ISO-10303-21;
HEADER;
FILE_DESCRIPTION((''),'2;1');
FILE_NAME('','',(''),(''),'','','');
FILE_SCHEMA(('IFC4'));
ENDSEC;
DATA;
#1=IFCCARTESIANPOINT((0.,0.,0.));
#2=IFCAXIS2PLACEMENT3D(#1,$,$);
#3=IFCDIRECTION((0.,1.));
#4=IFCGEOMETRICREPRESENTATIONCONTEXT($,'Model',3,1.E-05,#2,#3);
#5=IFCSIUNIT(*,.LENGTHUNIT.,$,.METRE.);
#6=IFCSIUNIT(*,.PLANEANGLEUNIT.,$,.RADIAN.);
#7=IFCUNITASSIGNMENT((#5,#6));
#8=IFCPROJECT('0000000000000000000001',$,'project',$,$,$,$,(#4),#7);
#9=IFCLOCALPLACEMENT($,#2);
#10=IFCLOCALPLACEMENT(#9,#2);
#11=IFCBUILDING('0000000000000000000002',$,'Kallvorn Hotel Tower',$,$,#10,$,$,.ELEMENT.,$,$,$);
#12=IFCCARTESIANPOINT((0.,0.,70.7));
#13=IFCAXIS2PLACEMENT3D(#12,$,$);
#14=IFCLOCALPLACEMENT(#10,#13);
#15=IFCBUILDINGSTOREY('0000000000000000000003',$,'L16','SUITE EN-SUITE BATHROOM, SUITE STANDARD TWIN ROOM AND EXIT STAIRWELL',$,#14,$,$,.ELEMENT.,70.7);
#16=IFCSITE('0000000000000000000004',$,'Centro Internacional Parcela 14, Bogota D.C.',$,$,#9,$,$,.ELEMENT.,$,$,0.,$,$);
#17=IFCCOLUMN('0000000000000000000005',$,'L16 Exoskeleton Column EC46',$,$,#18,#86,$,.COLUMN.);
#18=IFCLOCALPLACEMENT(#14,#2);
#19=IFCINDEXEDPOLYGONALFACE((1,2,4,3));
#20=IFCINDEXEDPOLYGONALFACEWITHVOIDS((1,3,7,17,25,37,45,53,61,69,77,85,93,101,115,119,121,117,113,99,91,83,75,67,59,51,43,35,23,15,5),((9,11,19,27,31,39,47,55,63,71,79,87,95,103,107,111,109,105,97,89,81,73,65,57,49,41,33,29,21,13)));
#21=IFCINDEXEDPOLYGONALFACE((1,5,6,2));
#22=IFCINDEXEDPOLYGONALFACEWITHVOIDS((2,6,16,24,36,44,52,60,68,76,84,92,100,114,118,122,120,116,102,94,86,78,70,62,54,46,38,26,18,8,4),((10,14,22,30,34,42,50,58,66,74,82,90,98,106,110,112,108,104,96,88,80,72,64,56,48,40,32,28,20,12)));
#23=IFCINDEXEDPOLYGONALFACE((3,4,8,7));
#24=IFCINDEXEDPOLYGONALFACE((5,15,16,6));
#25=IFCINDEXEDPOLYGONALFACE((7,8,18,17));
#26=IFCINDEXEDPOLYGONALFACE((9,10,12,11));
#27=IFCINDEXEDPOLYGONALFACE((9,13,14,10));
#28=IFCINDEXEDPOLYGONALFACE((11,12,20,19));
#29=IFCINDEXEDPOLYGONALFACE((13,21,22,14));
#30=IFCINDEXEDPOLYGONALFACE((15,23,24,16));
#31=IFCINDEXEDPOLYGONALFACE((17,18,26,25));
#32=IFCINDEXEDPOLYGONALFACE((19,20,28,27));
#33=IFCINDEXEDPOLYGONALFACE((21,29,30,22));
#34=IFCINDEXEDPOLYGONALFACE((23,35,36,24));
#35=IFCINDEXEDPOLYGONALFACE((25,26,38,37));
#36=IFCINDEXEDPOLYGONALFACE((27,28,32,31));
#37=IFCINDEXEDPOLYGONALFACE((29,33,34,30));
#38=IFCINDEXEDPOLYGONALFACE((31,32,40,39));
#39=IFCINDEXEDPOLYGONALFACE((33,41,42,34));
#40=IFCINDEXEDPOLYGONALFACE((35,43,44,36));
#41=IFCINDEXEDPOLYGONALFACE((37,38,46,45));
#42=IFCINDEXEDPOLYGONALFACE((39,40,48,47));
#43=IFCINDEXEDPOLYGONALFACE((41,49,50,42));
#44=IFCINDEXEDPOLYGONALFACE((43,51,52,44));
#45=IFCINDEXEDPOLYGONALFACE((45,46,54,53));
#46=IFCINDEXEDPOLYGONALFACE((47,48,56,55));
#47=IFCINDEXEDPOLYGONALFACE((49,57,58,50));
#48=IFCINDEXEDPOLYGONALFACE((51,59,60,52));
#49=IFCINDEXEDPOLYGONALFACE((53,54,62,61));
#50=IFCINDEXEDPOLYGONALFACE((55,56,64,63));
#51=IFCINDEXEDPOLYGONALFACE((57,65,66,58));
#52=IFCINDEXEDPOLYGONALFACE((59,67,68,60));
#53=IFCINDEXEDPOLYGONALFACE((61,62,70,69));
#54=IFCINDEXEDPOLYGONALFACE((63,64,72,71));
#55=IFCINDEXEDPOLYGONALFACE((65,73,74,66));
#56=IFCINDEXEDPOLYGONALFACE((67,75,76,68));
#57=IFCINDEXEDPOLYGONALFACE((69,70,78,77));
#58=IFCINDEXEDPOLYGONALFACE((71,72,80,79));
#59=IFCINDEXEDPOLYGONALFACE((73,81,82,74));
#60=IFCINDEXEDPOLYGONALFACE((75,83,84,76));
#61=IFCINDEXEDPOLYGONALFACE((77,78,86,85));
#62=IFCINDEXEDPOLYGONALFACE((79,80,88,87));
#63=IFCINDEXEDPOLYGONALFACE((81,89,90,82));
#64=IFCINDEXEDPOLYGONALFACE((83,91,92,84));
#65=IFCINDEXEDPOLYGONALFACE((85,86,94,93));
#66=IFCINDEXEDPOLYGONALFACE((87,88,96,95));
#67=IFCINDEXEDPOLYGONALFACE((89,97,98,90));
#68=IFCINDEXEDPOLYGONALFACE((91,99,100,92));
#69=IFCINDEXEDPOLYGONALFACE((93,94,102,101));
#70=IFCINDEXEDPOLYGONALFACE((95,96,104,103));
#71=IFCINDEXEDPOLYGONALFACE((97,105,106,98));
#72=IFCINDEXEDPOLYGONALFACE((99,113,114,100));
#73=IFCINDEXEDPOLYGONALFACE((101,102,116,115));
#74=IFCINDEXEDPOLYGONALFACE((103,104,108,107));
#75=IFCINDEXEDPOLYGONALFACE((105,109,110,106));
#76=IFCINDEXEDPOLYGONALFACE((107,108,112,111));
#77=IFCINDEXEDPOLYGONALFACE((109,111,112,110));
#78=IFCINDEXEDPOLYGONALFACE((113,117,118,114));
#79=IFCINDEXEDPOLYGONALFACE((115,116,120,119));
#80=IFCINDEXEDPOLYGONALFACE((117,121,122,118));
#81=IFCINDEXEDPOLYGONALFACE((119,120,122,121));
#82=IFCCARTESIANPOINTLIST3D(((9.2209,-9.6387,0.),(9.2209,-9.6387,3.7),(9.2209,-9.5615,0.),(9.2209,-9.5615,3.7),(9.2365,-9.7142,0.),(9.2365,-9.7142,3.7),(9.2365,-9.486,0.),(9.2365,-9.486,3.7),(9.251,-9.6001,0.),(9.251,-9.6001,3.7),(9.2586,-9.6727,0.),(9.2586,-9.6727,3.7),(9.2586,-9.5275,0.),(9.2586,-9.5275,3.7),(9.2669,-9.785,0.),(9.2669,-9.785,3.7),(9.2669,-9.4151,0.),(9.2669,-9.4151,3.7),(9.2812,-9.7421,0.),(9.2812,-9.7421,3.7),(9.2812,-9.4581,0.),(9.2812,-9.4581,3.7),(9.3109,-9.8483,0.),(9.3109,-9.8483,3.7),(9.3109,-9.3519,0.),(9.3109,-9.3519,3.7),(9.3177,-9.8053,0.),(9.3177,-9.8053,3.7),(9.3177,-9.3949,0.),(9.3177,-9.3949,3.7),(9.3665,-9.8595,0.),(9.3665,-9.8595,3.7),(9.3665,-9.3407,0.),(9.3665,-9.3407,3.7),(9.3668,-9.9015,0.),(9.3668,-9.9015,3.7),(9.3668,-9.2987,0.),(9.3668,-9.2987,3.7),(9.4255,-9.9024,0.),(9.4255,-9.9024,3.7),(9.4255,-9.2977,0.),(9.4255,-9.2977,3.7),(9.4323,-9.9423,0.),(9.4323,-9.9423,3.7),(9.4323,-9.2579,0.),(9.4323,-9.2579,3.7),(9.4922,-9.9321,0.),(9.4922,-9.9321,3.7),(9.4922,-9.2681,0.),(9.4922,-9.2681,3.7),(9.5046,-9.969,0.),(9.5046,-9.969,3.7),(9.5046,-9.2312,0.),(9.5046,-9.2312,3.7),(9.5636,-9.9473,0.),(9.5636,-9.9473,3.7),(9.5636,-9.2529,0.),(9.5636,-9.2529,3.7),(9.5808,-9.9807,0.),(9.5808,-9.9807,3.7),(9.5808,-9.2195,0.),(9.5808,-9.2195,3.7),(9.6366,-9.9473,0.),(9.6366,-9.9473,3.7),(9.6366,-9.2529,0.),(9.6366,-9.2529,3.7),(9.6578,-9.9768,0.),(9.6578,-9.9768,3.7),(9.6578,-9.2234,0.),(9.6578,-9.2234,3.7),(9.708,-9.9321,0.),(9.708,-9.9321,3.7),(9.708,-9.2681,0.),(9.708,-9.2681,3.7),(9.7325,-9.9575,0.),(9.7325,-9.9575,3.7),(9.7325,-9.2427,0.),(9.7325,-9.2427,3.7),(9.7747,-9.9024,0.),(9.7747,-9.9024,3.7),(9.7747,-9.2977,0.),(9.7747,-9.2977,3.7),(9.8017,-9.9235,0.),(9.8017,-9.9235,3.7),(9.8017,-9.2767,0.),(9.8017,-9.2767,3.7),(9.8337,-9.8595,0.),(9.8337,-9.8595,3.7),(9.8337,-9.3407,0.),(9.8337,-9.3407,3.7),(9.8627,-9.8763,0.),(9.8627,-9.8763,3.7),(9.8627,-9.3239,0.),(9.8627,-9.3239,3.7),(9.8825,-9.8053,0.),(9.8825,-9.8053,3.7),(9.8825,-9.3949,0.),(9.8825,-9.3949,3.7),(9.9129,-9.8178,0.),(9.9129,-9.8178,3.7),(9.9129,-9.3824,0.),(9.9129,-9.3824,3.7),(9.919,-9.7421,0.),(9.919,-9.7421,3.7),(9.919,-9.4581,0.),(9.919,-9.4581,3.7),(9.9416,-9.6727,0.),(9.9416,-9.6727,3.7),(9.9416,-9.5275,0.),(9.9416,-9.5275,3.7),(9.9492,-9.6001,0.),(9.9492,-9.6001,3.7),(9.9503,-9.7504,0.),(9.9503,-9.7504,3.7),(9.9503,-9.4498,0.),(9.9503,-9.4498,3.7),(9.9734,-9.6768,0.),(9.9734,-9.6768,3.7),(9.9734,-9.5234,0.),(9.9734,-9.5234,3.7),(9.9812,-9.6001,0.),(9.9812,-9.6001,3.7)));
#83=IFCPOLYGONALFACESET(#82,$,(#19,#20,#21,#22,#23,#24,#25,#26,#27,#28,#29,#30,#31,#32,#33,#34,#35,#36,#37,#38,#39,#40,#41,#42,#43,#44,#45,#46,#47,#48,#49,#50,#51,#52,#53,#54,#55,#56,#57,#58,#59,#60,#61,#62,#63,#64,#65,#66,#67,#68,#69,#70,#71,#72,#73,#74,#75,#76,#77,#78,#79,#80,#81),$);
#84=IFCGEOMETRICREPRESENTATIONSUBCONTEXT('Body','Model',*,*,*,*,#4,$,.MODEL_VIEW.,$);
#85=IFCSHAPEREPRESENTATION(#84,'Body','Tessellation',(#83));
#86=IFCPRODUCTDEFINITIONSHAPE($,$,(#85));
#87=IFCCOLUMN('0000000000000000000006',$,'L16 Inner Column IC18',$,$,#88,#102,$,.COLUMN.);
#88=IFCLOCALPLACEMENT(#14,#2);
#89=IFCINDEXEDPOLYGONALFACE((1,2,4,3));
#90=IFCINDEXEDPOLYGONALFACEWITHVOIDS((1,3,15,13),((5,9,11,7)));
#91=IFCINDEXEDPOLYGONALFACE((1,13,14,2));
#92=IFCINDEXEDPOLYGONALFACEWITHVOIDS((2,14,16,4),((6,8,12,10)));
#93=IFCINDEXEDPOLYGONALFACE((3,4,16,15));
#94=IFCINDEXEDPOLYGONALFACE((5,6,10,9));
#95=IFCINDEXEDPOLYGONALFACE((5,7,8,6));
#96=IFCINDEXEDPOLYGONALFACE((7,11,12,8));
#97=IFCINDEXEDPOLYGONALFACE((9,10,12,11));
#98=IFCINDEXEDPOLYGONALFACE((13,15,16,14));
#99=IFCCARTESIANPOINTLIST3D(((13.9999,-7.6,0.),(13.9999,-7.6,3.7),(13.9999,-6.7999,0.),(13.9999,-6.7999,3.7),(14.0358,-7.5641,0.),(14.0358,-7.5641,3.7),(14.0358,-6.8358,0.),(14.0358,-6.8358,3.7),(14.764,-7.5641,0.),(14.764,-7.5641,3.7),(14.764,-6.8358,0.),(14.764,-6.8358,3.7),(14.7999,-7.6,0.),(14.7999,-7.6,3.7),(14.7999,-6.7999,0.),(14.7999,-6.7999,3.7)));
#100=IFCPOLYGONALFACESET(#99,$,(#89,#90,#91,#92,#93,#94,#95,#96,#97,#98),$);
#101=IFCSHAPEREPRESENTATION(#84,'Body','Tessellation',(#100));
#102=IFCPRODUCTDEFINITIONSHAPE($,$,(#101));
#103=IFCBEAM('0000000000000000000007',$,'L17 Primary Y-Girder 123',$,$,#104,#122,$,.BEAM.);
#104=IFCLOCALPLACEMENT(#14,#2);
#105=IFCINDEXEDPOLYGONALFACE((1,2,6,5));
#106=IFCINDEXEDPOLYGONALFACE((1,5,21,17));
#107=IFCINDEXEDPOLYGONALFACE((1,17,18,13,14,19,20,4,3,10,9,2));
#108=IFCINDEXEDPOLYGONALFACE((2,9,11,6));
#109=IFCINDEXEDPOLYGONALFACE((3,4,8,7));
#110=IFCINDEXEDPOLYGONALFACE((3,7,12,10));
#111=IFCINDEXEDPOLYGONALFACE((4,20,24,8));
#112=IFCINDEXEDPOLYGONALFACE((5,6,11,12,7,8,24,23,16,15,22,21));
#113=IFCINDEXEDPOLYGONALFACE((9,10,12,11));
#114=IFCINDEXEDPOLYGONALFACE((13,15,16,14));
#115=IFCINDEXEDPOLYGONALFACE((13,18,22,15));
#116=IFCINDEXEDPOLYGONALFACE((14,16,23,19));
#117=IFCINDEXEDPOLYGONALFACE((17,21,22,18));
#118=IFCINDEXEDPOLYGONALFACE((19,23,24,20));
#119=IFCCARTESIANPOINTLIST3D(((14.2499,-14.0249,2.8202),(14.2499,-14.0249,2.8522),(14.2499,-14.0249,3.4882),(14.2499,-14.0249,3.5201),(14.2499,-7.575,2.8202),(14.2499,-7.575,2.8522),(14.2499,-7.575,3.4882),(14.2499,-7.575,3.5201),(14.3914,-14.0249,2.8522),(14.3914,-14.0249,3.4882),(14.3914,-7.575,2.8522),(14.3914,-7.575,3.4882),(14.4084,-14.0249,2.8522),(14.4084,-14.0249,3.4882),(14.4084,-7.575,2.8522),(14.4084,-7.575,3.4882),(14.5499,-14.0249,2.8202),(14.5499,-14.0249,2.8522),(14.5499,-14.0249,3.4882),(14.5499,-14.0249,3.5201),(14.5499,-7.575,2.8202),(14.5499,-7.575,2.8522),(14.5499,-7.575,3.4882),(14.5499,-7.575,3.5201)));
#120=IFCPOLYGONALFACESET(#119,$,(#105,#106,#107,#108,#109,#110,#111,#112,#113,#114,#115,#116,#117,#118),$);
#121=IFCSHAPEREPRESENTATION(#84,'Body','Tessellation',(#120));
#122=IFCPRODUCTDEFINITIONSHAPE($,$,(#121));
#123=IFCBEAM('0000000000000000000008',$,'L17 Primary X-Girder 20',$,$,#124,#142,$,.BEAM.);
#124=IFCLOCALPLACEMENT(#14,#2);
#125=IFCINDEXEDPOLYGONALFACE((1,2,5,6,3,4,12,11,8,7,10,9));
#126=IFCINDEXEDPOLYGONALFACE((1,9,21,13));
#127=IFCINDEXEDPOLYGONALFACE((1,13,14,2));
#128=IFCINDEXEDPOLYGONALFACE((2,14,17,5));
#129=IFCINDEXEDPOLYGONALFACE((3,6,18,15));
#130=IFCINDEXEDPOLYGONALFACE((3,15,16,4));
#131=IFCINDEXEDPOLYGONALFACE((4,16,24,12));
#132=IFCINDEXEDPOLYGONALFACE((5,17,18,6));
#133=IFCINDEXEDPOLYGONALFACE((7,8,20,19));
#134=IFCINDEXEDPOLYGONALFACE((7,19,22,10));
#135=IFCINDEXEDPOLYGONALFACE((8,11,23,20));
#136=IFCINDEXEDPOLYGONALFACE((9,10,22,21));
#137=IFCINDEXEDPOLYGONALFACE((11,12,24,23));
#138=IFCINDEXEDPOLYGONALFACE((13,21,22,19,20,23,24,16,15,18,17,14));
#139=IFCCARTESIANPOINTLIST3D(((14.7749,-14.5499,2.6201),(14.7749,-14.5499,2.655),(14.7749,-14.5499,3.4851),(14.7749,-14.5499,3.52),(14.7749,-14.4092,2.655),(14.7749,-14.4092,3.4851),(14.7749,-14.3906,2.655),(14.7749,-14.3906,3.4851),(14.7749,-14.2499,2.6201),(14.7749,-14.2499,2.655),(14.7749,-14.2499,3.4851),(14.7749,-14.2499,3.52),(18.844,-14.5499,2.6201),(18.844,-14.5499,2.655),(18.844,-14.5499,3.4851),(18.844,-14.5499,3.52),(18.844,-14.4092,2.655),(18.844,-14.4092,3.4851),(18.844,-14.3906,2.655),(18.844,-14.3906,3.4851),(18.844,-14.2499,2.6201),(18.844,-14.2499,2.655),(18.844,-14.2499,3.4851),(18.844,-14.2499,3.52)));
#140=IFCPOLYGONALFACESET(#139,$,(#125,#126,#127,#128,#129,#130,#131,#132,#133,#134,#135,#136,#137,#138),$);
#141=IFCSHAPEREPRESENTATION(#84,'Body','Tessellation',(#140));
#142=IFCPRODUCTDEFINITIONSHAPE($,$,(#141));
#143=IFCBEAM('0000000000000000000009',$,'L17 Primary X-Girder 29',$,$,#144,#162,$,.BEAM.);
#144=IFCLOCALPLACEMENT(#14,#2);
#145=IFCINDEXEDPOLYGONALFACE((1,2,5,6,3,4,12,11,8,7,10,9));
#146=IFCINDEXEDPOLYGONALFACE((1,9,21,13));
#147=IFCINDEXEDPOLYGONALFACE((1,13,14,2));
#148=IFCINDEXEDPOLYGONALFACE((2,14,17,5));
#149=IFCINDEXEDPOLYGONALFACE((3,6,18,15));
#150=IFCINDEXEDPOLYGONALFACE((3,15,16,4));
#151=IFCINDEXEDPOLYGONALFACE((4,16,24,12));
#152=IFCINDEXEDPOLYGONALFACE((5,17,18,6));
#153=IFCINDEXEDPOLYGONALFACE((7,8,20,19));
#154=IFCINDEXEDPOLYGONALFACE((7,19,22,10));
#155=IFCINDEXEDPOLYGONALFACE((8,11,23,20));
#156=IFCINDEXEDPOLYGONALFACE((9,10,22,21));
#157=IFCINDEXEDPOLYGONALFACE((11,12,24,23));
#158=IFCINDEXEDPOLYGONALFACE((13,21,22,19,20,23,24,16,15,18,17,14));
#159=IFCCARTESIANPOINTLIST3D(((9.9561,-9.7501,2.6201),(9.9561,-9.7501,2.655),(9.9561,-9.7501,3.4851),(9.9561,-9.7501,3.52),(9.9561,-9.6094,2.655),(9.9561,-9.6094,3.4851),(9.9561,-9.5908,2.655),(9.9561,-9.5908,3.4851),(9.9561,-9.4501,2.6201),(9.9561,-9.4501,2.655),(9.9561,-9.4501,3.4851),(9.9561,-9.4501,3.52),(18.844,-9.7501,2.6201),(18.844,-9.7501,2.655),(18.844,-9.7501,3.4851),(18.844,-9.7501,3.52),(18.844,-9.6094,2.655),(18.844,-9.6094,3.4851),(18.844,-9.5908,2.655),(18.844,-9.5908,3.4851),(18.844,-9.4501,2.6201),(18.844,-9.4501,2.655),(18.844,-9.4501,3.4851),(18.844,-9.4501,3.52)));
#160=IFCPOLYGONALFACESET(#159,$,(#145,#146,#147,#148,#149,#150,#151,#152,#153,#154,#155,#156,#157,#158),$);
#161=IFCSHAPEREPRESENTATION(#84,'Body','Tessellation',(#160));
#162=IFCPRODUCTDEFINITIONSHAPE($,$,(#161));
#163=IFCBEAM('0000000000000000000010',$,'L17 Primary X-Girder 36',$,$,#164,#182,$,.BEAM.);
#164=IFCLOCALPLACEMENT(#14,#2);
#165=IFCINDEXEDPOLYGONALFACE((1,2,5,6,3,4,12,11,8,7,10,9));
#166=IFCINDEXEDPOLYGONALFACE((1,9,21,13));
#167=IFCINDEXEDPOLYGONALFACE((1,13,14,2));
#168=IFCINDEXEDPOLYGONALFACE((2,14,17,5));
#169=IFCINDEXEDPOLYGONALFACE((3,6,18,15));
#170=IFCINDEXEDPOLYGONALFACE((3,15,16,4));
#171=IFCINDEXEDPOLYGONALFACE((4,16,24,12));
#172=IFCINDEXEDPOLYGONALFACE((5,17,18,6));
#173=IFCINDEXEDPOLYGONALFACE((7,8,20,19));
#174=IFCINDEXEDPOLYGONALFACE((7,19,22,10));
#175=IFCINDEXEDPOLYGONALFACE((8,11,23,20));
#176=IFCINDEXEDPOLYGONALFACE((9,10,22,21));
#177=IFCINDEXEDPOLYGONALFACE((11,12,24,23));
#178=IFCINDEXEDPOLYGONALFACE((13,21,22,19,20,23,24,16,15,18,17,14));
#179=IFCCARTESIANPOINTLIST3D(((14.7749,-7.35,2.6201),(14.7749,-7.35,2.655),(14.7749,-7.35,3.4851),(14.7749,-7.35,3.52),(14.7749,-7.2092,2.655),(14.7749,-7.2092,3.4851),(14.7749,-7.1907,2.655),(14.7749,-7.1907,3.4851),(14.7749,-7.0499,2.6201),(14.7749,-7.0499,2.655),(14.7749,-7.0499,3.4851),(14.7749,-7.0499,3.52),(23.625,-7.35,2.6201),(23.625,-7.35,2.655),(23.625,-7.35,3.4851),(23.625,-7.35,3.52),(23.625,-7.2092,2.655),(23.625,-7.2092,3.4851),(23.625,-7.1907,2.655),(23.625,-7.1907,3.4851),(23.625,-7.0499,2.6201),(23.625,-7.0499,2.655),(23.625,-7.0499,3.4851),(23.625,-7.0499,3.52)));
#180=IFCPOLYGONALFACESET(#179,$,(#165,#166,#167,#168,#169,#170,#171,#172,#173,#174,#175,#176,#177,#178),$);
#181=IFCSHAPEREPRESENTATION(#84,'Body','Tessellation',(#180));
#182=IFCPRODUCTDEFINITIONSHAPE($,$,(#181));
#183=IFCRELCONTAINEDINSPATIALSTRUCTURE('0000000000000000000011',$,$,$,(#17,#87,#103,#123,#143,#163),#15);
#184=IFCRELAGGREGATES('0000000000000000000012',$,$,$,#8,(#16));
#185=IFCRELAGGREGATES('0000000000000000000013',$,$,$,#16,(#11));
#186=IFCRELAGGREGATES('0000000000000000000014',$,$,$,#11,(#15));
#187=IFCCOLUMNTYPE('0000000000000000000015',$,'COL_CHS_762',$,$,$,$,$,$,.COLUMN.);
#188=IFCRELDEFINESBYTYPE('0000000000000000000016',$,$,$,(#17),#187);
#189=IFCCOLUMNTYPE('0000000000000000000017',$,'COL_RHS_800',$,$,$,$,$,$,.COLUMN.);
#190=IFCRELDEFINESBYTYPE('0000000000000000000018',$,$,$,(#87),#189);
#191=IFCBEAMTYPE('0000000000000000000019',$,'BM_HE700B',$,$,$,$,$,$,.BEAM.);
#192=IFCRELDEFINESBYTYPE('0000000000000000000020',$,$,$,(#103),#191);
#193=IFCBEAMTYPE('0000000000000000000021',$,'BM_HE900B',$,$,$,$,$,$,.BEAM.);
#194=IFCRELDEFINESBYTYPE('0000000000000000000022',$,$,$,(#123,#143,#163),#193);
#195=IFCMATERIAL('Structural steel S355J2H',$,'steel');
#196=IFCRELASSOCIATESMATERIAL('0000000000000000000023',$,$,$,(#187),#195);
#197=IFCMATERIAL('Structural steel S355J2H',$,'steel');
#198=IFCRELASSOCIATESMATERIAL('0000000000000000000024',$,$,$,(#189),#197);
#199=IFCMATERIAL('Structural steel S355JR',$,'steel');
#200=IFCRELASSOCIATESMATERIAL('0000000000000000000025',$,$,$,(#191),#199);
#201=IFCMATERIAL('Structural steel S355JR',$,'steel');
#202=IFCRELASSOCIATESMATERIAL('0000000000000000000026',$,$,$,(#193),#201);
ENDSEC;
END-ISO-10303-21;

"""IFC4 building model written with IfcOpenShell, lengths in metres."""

from ifc_helpers import new_model, si_unit, direction, frame, origin, origin_2d, place, context, subcontext, project, spatial, hollow_rectangle, hollow_circle, i_section, extrude, material, material_profile, profile_set, type_object, element, save


model = new_model("IFC4")

# Units and contexts
model_context = context("Model", 3, precision=1e-05, world=origin(), true_north=direction((0.0, 1.0)))
body_context = subcontext(model_context, "Body", "Model", "MODEL_VIEW")
ifc_project = project(units=[si_unit("LENGTHUNIT", "METRE"), si_unit("PLANEANGLEUNIT", "RADIAN")], contexts=[model_context])

# Site, building, storey
site_placement = place(None, origin())
site = spatial("IfcSite", under=ifc_project, at=site_placement, Name="Centro Internacional Parcela 14, Bogota D.C.", CompositionType="ELEMENT", RefElevation=0.0)
building_placement = place(site_placement, origin())
building = spatial("IfcBuilding", under=site, at=building_placement, Name="Kallvorn Hotel Tower", CompositionType="ELEMENT")
storey_placement = place(building_placement, frame((0.0, 0.0, 70.7)))
storey = spatial("IfcBuildingStorey", under=building, at=storey_placement, Name="L16", Description="SUITE EN-SUITE BATHROOM, SUITE STANDARD TWIN ROOM AND EXIT STAIRWELL", CompositionType="ELEMENT", Elevation=70.7)

# Columns
ifc_material_1 = material(Name="Structural steel S355J2H", Category="steel")
ifc_material_profile_1 = material_profile(ifc_material_1, hollow_circle(Radius=0.3811, WallThickness=0.032, at=origin_2d()), Name="CHS 762x32")
ifc_profile_set_1 = profile_set([ifc_material_profile_1], Name="Structural steel S355J2H")
column_type_1 = type_object("IfcColumnType", Name="COL_CHS_762", PredefinedType="COLUMN", material=ifc_profile_set_1)
column_1_placement = place(storey_placement, frame((9.6001, -9.6001, 0.0), z_axis=(0.0, 0.0, 1.0), x_axis=(1.0, 0.0, 0.0)))
element("IfcColumn", 1, at=column_1_placement, inside=storey, type_object=column_type_1, Name="L16 Exoskeleton Column EC46", PredefinedType="COLUMN", context=body_context, shape_type="SweptSolid", body=[
    extrude(hollow_circle(Radius=0.3811, WallThickness=0.032, at=origin_2d()), origin(), (0.0, 0.0, 1.0), 3.7),
])
ifc_material_2 = material(Name="Structural steel S355J2H", Category="steel")
ifc_material_profile_2 = material_profile(ifc_material_2, hollow_rectangle(XDim=0.8, YDim=0.8, WallThickness=0.0359, at=origin_2d()), Name="RHS 800x800x36")
ifc_profile_set_2 = profile_set([ifc_material_profile_2], Name="Structural steel S355J2H")
column_type_2 = type_object("IfcColumnType", Name="COL_RHS_800", PredefinedType="COLUMN", material=ifc_profile_set_2)
column_2_placement = place(storey_placement, frame((14.3999, -7.2, 0.0), z_axis=(0.0, 0.0, 1.0), x_axis=(1.0, 0.0, 0.0)))
element("IfcColumn", 2, at=column_2_placement, inside=storey, type_object=column_type_2, Name="L16 Inner Column IC18", PredefinedType="COLUMN", context=body_context, shape_type="SweptSolid", body=[
    extrude(hollow_rectangle(XDim=0.8, YDim=0.8, WallThickness=0.0359, at=origin_2d()), origin(), (0.0, 0.0, 1.0), 3.7),
])

# Beams
ifc_material_3 = material(Name="Structural steel S355JR", Category="steel")
ifc_material_profile_3 = material_profile(ifc_material_3, i_section(OverallWidth=0.3, OverallDepth=0.7, WebThickness=0.0171, FlangeThickness=0.032, at=origin_2d()), Name="HE 700 B")
ifc_profile_set_3 = profile_set([ifc_material_profile_3], Name="Structural steel S355JR")
beam_type_1 = type_object("IfcBeamType", Name="BM_HE700B", PredefinedType="BEAM", material=ifc_profile_set_3)
beam_1_placement = place(storey_placement, frame((14.3999, -14.0249, 3.1702), z_axis=(0.0, 1.0, 0.0), x_axis=(-1.0, 0.0, 0.0)))
element("IfcBeam", 3, at=beam_1_placement, inside=storey, type_object=beam_type_1, Name="L17 Primary Y-Girder 123", PredefinedType="BEAM", context=body_context, shape_type="SweptSolid", body=[
    extrude(i_section(OverallWidth=0.3, OverallDepth=0.7, WebThickness=0.0171, FlangeThickness=0.032, at=origin_2d()), origin(), (0.0, 0.0, 1.0), 6.45),
])
ifc_material_4 = material(Name="Structural steel S355JR", Category="steel")
ifc_material_profile_4 = material_profile(ifc_material_4, i_section(OverallWidth=0.3, OverallDepth=0.8999, WebThickness=0.0186, FlangeThickness=0.0349, at=origin_2d()), Name="HE 900 B")
ifc_profile_set_4 = profile_set([ifc_material_profile_4], Name="Structural steel S355JR")
beam_type_2 = type_object("IfcBeamType", Name="BM_HE900B", PredefinedType="BEAM", material=ifc_profile_set_4)
beam_2_placement = place(storey_placement, frame((14.7749, -14.3999, 3.0701), z_axis=(1.0, 0.0, 0.0), x_axis=(0.0, 1.0, 0.0)))
element("IfcBeam", 4, at=beam_2_placement, inside=storey, type_object=beam_type_2, Name="L17 Primary X-Girder 20", PredefinedType="BEAM", context=body_context, shape_type="SweptSolid", body=[
    extrude(i_section(OverallWidth=0.3, OverallDepth=0.8999, WebThickness=0.0186, FlangeThickness=0.0349, at=origin_2d()), origin(), (0.0, 0.0, 1.0), 4.0691),
])
beam_3_placement = place(storey_placement, frame((9.9561, -9.6001, 3.0701), z_axis=(1.0, 0.0, 0.0), x_axis=(0.0, 1.0, 0.0)))
element("IfcBeam", 5, at=beam_3_placement, inside=storey, type_object=beam_type_2, Name="L17 Primary X-Girder 29", PredefinedType="BEAM", context=body_context, shape_type="SweptSolid", body=[
    extrude(i_section(OverallWidth=0.3, OverallDepth=0.8999, WebThickness=0.0186, FlangeThickness=0.0349, at=origin_2d()), origin(), (0.0, 0.0, 1.0), 8.8879),
])
beam_4_placement = place(storey_placement, frame((14.7749, -7.2, 3.0701), z_axis=(1.0, 0.0, 0.0), x_axis=(0.0, 1.0, 0.0)))
element("IfcBeam", 6, at=beam_4_placement, inside=storey, type_object=beam_type_2, Name="L17 Primary X-Girder 36", PredefinedType="BEAM", context=body_context, shape_type="SweptSolid", body=[
    extrude(i_section(OverallWidth=0.3, OverallDepth=0.8999, WebThickness=0.0186, FlangeThickness=0.0349, at=origin_2d()), origin(), (0.0, 0.0, 1.0), 8.8501),
])

save(model, "model.ifc")
